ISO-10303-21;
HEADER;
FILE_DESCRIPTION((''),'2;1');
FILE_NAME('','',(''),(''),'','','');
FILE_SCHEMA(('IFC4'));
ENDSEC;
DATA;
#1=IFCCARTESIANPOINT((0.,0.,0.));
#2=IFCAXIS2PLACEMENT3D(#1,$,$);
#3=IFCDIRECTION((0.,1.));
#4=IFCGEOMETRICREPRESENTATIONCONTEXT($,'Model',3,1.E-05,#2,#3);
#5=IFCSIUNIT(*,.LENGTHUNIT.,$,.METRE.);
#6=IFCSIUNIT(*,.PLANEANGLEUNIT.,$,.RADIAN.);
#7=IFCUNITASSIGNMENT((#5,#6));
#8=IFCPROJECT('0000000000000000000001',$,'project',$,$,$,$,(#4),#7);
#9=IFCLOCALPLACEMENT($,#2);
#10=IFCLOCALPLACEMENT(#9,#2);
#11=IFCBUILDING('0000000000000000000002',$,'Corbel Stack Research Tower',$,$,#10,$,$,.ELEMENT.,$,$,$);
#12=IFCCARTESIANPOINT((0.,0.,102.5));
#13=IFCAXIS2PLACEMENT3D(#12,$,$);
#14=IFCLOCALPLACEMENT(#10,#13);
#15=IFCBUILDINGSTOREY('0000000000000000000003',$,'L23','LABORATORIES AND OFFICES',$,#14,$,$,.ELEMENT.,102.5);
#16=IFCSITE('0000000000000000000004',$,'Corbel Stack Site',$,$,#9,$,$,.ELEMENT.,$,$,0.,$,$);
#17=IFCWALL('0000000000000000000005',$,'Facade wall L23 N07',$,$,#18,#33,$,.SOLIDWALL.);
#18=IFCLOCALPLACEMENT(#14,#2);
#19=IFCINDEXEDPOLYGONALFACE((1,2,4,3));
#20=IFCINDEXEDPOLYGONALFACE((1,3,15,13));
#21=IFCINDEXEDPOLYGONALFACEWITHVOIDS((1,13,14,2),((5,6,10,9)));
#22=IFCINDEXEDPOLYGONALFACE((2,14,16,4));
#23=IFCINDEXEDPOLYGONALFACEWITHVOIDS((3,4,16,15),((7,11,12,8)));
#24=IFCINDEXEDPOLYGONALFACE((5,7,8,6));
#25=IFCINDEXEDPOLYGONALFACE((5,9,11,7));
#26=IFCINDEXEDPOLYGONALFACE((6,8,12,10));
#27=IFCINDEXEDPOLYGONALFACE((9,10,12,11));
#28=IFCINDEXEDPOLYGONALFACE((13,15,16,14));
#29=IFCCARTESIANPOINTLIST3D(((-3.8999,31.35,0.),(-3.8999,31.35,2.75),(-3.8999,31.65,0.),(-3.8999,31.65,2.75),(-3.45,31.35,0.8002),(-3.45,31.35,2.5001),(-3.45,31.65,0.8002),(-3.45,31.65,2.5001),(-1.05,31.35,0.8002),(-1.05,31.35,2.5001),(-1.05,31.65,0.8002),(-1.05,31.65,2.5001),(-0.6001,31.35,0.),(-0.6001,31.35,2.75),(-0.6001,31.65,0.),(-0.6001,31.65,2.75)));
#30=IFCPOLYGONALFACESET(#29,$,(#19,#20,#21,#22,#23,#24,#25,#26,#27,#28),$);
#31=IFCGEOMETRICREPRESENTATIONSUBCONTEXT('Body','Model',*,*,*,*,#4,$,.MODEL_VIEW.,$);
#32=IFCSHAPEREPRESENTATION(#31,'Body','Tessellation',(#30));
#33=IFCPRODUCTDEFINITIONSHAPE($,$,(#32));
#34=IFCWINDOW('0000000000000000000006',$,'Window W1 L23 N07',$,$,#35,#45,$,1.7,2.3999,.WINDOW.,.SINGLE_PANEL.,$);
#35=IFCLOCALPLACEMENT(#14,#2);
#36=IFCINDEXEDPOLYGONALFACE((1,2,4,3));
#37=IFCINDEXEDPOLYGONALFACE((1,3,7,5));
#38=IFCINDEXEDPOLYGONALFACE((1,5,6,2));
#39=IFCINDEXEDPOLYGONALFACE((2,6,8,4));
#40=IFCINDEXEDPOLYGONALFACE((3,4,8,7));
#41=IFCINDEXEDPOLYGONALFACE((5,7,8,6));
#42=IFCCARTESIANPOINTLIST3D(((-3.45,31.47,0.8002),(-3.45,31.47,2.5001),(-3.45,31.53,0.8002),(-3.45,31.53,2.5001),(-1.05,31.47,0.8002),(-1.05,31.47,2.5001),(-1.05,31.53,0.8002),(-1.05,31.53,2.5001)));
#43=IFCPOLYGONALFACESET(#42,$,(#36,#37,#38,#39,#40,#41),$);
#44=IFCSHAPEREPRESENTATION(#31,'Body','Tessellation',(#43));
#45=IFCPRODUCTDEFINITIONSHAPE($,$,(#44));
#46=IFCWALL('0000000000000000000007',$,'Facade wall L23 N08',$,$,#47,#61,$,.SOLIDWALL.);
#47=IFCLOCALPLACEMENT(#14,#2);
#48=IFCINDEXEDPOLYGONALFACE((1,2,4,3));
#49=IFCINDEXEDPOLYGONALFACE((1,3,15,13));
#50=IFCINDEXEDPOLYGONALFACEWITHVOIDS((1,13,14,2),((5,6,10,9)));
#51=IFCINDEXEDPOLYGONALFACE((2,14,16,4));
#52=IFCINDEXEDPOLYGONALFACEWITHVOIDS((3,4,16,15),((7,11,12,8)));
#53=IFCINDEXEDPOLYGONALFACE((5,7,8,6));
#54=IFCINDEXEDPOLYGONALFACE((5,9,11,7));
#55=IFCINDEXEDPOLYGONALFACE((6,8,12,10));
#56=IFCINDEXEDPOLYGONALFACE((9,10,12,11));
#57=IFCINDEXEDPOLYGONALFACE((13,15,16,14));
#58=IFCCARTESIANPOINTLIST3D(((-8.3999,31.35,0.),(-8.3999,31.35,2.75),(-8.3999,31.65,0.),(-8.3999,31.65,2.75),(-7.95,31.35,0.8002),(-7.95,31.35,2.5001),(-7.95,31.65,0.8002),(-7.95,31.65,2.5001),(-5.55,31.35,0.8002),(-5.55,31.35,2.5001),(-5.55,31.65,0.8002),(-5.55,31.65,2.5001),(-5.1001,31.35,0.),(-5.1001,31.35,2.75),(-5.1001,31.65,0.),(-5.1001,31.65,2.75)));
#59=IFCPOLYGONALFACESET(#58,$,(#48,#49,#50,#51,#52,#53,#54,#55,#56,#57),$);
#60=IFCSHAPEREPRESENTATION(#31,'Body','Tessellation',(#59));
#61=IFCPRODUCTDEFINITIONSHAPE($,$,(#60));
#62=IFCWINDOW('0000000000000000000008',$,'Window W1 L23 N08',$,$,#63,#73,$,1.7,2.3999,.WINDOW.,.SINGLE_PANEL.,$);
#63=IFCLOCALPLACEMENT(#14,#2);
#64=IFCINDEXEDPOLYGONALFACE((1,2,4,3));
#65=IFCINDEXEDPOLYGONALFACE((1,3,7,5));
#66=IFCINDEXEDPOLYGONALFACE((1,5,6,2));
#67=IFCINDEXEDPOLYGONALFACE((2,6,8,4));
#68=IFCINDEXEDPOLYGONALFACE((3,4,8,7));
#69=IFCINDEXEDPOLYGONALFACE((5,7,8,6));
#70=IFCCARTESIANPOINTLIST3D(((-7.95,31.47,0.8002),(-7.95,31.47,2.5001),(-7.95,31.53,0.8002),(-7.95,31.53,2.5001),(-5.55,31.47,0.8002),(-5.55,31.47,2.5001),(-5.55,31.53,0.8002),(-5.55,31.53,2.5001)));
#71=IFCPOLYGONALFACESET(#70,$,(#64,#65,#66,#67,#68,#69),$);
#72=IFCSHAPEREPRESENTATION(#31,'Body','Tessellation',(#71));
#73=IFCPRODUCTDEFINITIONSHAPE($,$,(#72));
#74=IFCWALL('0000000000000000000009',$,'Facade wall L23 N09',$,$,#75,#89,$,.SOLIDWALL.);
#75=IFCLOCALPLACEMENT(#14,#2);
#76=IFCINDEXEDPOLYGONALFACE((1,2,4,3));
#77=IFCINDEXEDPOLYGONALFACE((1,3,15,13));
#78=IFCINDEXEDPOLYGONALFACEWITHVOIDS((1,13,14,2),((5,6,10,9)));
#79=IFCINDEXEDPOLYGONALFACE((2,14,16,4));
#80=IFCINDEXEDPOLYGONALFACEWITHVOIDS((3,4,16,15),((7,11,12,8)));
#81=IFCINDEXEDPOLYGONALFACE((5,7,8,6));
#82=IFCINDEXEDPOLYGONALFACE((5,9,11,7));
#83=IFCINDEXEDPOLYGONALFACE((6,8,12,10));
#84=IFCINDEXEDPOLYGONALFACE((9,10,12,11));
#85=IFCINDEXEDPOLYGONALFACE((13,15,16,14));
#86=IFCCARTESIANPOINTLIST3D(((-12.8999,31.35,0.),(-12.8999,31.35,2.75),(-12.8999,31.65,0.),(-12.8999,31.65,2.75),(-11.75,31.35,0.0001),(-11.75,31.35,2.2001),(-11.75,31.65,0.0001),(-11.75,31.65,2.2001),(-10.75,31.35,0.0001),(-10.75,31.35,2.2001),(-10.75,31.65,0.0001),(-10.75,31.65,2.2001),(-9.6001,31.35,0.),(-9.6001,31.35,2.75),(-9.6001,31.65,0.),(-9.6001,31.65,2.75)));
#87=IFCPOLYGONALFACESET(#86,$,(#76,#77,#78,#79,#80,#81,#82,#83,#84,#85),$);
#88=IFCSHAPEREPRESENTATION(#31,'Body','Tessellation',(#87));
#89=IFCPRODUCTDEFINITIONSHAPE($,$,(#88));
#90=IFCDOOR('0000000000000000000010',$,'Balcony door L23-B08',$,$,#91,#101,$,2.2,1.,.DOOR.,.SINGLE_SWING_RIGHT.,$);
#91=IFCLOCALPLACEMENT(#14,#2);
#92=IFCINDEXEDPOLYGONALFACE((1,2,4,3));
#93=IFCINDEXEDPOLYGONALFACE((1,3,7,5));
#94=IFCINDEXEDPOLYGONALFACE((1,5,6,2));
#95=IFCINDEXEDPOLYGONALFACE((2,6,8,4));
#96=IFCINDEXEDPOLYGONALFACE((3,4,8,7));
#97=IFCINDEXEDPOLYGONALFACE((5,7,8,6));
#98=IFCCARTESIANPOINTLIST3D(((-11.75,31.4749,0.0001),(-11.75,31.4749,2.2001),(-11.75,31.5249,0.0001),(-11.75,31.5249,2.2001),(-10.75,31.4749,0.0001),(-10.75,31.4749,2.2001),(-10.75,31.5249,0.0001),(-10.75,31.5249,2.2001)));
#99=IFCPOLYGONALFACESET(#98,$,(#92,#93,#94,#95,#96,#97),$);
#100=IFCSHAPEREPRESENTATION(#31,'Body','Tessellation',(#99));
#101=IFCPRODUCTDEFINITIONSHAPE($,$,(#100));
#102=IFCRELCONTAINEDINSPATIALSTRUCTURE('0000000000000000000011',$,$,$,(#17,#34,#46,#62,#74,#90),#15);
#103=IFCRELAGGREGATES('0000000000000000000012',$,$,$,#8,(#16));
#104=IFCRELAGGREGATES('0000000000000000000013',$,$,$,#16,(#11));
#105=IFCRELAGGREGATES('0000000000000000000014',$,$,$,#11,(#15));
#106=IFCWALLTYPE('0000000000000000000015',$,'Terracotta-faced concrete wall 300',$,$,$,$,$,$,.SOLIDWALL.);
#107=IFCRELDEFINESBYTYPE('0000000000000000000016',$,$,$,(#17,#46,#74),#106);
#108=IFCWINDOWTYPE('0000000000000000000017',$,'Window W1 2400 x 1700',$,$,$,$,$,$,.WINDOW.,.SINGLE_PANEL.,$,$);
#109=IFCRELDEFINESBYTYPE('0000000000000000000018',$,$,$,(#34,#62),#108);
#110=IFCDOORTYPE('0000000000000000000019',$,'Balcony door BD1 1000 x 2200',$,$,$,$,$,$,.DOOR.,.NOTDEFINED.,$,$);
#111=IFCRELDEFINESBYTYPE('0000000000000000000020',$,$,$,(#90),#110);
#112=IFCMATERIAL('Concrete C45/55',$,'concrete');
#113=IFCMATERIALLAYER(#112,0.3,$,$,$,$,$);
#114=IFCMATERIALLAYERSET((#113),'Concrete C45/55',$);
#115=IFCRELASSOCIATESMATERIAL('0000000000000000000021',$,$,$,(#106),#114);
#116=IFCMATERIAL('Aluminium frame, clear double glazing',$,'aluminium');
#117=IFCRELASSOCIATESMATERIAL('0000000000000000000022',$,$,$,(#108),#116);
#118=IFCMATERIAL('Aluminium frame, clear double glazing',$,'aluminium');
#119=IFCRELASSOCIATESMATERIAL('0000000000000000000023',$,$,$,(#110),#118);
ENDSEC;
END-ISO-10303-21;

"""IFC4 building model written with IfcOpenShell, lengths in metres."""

from ifc_helpers import new_model, si_unit, direction, frame, frame_2d, origin, place, context, subcontext, project, spatial, rectangle, extrude, material, layer, layer_set, type_object, element, fill, save


model = new_model("IFC4")

# Units and contexts
model_context = context("Model", 3, precision=1e-05, world=origin(), true_north=direction((0.0, 1.0)))
body_context = subcontext(model_context, "Body", "Model", "MODEL_VIEW")
ifc_project = project(units=[si_unit("LENGTHUNIT", "METRE"), si_unit("PLANEANGLEUNIT", "RADIAN")], contexts=[model_context])

# Site, building, storey
site_placement = place(None, origin())
site = spatial("IfcSite", under=ifc_project, at=site_placement, Name="Corbel Stack Site", CompositionType="ELEMENT", RefElevation=0.0)
building_placement = place(site_placement, origin())
building = spatial("IfcBuilding", under=site, at=building_placement, Name="Corbel Stack Research Tower", CompositionType="ELEMENT")
storey_placement = place(building_placement, frame((0.0, 0.0, 102.5)))
storey = spatial("IfcBuildingStorey", under=building, at=storey_placement, Name="L23", Description="LABORATORIES AND OFFICES", CompositionType="ELEMENT", Elevation=102.5)

# Walls, openings, windows
ifc_material_1 = material(Name="Concrete C45/55", Category="concrete")
ifc_layer_1 = layer(ifc_material_1, 0.3)
ifc_layer_set_1 = layer_set([ifc_layer_1], Name="Concrete C45/55")
wall_type_1 = type_object("IfcWallType", Name="Terracotta-faced concrete wall 300", PredefinedType="SOLIDWALL", material=ifc_layer_set_1)
wall_1_placement = place(storey_placement, frame((-3.8999, 31.5, 0.0), z_axis=(0.0, 0.0, 1.0), x_axis=(1.0, 0.0, 0.0)))
wall_1 = element("IfcWall", 1, at=wall_1_placement, inside=storey, type_object=wall_type_1, Name="Facade wall L23 N07", PredefinedType="SOLIDWALL", context=body_context, shape_type="SweptSolid", body=[
    extrude(rectangle(XDim=3.2998, YDim=0.3, at=frame_2d((1.6499, 0.0))), origin(), (0.0, 0.0, 1.0), 2.75),
])
opening_1_placement = place(wall_1_placement, frame((0.45, 0.0, 0.8)))
opening_1 = element("IfcOpeningElement", 2, at=opening_1_placement, cuts=wall_1, PredefinedType="OPENING", context=body_context, shape_type="SweptSolid", body=[
    extrude(rectangle(XDim=2.3999, YDim=1.7, at=frame_2d((1.2, 0.8501))), frame((0.0, 0.1599, 0.0), z_axis=(0.0, -1.0, 0.0), x_axis=(1.0, 0.0, 0.0)), (0.0, 0.0, 1.0), 0.3201),
])
ifc_material_2 = material(Name="Aluminium frame, clear double glazing", Category="aluminium")
window_type = type_object("IfcWindowType", Name="Window W1 2400 x 1700", PartitioningType="SINGLE_PANEL", PredefinedType="WINDOW", material=ifc_material_2)
window_1_placement = place(opening_1_placement, origin())
window_1 = element("IfcWindow", 3, at=window_1_placement, inside=storey, type_object=window_type, Name="Window W1 L23 N07", OverallHeight=1.7, OverallWidth=2.3999, PartitioningType="SINGLE_PANEL", PredefinedType="WINDOW", context=body_context, shape_type="SweptSolid", body=[
    extrude(rectangle(XDim=2.3999, YDim=1.7, at=frame_2d((1.2, 0.8501))), frame((0.0, 0.03, 0.0), z_axis=(0.0, -1.0, 0.0), x_axis=(1.0, 0.0, 0.0)), (0.0, 0.0, 1.0), 0.0601),
])
fill(opening_1, window_1)
wall_2_placement = place(storey_placement, frame((-8.3999, 31.5, 0.0), z_axis=(0.0, 0.0, 1.0), x_axis=(1.0, 0.0, 0.0)))
wall_2 = element("IfcWall", 4, at=wall_2_placement, inside=storey, type_object=wall_type_1, Name="Facade wall L23 N08", PredefinedType="SOLIDWALL", context=body_context, shape_type="SweptSolid", body=[
    extrude(rectangle(XDim=3.2998, YDim=0.3, at=frame_2d((1.6499, 0.0))), origin(), (0.0, 0.0, 1.0), 2.75),
])
opening_2_placement = place(wall_2_placement, frame((0.45, 0.0, 0.8)))
opening_2 = element("IfcOpeningElement", 5, at=opening_2_placement, cuts=wall_2, PredefinedType="OPENING", context=body_context, shape_type="SweptSolid", body=[
    extrude(rectangle(XDim=2.3999, YDim=1.7, at=frame_2d((1.2, 0.8501))), frame((0.0, 0.1599, 0.0), z_axis=(0.0, -1.0, 0.0), x_axis=(1.0, 0.0, 0.0)), (0.0, 0.0, 1.0), 0.3201),
])
window_2_placement = place(opening_2_placement, origin())
window_2 = element("IfcWindow", 6, at=window_2_placement, inside=storey, type_object=window_type, Name="Window W1 L23 N08", OverallHeight=1.7, OverallWidth=2.3999, PartitioningType="SINGLE_PANEL", PredefinedType="WINDOW", context=body_context, shape_type="SweptSolid", body=[
    extrude(rectangle(XDim=2.3999, YDim=1.7, at=frame_2d((1.2, 0.8501))), frame((0.0, 0.03, 0.0), z_axis=(0.0, -1.0, 0.0), x_axis=(1.0, 0.0, 0.0)), (0.0, 0.0, 1.0), 0.0601),
])
fill(opening_2, window_2)

# Wall, opening, door
wall_3_placement = place(storey_placement, frame((-12.8999, 31.5, 0.0), z_axis=(0.0, 0.0, 1.0), x_axis=(1.0, 0.0, 0.0)))
wall_3 = element("IfcWall", 7, at=wall_3_placement, inside=storey, type_object=wall_type_1, Name="Facade wall L23 N09", PredefinedType="SOLIDWALL", context=body_context, shape_type="SweptSolid", body=[
    extrude(rectangle(XDim=3.2998, YDim=0.3, at=frame_2d((1.6499, 0.0))), origin(), (0.0, 0.0, 1.0), 2.75),
])
opening_3_placement = place(wall_3_placement, frame((1.1499, 0.0, 0.0)))
opening_3 = element("IfcOpeningElement", 8, at=opening_3_placement, cuts=wall_3, PredefinedType="OPENING", context=body_context, shape_type="SweptSolid", body=[
    extrude(rectangle(XDim=1.0, YDim=2.2, at=frame_2d((0.5, 1.1001))), frame((0.0, 0.1599, 0.0), z_axis=(0.0, -1.0, 0.0), x_axis=(1.0, 0.0, 0.0)), (0.0, 0.0, 1.0), 0.3201),
])
ifc_material_3 = material(Name="Aluminium frame, clear double glazing", Category="aluminium")
door_type_1 = type_object("IfcDoorType", Name="Balcony door BD1 1000 x 2200", OperationType="NOTDEFINED", PredefinedType="DOOR", material=ifc_material_3)
door_1_placement = place(opening_3_placement, origin())
door_1 = element("IfcDoor", 9, at=door_1_placement, inside=storey, type_object=door_type_1, Name="Balcony door L23-B08", OperationType="SINGLE_SWING_RIGHT", OverallHeight=2.2, OverallWidth=1.0, PredefinedType="DOOR", context=body_context, shape_type="SweptSolid", body=[
    extrude(rectangle(XDim=1.0, YDim=2.2, at=frame_2d((0.5, 1.1001))), frame((0.0, 0.0249, 0.0), z_axis=(0.0, -1.0, 0.0), x_axis=(1.0, 0.0, 0.0)), (0.0, 0.0, 1.0), 0.05),
])
fill(opening_3, door_1)

save(model, "model.ifc")
